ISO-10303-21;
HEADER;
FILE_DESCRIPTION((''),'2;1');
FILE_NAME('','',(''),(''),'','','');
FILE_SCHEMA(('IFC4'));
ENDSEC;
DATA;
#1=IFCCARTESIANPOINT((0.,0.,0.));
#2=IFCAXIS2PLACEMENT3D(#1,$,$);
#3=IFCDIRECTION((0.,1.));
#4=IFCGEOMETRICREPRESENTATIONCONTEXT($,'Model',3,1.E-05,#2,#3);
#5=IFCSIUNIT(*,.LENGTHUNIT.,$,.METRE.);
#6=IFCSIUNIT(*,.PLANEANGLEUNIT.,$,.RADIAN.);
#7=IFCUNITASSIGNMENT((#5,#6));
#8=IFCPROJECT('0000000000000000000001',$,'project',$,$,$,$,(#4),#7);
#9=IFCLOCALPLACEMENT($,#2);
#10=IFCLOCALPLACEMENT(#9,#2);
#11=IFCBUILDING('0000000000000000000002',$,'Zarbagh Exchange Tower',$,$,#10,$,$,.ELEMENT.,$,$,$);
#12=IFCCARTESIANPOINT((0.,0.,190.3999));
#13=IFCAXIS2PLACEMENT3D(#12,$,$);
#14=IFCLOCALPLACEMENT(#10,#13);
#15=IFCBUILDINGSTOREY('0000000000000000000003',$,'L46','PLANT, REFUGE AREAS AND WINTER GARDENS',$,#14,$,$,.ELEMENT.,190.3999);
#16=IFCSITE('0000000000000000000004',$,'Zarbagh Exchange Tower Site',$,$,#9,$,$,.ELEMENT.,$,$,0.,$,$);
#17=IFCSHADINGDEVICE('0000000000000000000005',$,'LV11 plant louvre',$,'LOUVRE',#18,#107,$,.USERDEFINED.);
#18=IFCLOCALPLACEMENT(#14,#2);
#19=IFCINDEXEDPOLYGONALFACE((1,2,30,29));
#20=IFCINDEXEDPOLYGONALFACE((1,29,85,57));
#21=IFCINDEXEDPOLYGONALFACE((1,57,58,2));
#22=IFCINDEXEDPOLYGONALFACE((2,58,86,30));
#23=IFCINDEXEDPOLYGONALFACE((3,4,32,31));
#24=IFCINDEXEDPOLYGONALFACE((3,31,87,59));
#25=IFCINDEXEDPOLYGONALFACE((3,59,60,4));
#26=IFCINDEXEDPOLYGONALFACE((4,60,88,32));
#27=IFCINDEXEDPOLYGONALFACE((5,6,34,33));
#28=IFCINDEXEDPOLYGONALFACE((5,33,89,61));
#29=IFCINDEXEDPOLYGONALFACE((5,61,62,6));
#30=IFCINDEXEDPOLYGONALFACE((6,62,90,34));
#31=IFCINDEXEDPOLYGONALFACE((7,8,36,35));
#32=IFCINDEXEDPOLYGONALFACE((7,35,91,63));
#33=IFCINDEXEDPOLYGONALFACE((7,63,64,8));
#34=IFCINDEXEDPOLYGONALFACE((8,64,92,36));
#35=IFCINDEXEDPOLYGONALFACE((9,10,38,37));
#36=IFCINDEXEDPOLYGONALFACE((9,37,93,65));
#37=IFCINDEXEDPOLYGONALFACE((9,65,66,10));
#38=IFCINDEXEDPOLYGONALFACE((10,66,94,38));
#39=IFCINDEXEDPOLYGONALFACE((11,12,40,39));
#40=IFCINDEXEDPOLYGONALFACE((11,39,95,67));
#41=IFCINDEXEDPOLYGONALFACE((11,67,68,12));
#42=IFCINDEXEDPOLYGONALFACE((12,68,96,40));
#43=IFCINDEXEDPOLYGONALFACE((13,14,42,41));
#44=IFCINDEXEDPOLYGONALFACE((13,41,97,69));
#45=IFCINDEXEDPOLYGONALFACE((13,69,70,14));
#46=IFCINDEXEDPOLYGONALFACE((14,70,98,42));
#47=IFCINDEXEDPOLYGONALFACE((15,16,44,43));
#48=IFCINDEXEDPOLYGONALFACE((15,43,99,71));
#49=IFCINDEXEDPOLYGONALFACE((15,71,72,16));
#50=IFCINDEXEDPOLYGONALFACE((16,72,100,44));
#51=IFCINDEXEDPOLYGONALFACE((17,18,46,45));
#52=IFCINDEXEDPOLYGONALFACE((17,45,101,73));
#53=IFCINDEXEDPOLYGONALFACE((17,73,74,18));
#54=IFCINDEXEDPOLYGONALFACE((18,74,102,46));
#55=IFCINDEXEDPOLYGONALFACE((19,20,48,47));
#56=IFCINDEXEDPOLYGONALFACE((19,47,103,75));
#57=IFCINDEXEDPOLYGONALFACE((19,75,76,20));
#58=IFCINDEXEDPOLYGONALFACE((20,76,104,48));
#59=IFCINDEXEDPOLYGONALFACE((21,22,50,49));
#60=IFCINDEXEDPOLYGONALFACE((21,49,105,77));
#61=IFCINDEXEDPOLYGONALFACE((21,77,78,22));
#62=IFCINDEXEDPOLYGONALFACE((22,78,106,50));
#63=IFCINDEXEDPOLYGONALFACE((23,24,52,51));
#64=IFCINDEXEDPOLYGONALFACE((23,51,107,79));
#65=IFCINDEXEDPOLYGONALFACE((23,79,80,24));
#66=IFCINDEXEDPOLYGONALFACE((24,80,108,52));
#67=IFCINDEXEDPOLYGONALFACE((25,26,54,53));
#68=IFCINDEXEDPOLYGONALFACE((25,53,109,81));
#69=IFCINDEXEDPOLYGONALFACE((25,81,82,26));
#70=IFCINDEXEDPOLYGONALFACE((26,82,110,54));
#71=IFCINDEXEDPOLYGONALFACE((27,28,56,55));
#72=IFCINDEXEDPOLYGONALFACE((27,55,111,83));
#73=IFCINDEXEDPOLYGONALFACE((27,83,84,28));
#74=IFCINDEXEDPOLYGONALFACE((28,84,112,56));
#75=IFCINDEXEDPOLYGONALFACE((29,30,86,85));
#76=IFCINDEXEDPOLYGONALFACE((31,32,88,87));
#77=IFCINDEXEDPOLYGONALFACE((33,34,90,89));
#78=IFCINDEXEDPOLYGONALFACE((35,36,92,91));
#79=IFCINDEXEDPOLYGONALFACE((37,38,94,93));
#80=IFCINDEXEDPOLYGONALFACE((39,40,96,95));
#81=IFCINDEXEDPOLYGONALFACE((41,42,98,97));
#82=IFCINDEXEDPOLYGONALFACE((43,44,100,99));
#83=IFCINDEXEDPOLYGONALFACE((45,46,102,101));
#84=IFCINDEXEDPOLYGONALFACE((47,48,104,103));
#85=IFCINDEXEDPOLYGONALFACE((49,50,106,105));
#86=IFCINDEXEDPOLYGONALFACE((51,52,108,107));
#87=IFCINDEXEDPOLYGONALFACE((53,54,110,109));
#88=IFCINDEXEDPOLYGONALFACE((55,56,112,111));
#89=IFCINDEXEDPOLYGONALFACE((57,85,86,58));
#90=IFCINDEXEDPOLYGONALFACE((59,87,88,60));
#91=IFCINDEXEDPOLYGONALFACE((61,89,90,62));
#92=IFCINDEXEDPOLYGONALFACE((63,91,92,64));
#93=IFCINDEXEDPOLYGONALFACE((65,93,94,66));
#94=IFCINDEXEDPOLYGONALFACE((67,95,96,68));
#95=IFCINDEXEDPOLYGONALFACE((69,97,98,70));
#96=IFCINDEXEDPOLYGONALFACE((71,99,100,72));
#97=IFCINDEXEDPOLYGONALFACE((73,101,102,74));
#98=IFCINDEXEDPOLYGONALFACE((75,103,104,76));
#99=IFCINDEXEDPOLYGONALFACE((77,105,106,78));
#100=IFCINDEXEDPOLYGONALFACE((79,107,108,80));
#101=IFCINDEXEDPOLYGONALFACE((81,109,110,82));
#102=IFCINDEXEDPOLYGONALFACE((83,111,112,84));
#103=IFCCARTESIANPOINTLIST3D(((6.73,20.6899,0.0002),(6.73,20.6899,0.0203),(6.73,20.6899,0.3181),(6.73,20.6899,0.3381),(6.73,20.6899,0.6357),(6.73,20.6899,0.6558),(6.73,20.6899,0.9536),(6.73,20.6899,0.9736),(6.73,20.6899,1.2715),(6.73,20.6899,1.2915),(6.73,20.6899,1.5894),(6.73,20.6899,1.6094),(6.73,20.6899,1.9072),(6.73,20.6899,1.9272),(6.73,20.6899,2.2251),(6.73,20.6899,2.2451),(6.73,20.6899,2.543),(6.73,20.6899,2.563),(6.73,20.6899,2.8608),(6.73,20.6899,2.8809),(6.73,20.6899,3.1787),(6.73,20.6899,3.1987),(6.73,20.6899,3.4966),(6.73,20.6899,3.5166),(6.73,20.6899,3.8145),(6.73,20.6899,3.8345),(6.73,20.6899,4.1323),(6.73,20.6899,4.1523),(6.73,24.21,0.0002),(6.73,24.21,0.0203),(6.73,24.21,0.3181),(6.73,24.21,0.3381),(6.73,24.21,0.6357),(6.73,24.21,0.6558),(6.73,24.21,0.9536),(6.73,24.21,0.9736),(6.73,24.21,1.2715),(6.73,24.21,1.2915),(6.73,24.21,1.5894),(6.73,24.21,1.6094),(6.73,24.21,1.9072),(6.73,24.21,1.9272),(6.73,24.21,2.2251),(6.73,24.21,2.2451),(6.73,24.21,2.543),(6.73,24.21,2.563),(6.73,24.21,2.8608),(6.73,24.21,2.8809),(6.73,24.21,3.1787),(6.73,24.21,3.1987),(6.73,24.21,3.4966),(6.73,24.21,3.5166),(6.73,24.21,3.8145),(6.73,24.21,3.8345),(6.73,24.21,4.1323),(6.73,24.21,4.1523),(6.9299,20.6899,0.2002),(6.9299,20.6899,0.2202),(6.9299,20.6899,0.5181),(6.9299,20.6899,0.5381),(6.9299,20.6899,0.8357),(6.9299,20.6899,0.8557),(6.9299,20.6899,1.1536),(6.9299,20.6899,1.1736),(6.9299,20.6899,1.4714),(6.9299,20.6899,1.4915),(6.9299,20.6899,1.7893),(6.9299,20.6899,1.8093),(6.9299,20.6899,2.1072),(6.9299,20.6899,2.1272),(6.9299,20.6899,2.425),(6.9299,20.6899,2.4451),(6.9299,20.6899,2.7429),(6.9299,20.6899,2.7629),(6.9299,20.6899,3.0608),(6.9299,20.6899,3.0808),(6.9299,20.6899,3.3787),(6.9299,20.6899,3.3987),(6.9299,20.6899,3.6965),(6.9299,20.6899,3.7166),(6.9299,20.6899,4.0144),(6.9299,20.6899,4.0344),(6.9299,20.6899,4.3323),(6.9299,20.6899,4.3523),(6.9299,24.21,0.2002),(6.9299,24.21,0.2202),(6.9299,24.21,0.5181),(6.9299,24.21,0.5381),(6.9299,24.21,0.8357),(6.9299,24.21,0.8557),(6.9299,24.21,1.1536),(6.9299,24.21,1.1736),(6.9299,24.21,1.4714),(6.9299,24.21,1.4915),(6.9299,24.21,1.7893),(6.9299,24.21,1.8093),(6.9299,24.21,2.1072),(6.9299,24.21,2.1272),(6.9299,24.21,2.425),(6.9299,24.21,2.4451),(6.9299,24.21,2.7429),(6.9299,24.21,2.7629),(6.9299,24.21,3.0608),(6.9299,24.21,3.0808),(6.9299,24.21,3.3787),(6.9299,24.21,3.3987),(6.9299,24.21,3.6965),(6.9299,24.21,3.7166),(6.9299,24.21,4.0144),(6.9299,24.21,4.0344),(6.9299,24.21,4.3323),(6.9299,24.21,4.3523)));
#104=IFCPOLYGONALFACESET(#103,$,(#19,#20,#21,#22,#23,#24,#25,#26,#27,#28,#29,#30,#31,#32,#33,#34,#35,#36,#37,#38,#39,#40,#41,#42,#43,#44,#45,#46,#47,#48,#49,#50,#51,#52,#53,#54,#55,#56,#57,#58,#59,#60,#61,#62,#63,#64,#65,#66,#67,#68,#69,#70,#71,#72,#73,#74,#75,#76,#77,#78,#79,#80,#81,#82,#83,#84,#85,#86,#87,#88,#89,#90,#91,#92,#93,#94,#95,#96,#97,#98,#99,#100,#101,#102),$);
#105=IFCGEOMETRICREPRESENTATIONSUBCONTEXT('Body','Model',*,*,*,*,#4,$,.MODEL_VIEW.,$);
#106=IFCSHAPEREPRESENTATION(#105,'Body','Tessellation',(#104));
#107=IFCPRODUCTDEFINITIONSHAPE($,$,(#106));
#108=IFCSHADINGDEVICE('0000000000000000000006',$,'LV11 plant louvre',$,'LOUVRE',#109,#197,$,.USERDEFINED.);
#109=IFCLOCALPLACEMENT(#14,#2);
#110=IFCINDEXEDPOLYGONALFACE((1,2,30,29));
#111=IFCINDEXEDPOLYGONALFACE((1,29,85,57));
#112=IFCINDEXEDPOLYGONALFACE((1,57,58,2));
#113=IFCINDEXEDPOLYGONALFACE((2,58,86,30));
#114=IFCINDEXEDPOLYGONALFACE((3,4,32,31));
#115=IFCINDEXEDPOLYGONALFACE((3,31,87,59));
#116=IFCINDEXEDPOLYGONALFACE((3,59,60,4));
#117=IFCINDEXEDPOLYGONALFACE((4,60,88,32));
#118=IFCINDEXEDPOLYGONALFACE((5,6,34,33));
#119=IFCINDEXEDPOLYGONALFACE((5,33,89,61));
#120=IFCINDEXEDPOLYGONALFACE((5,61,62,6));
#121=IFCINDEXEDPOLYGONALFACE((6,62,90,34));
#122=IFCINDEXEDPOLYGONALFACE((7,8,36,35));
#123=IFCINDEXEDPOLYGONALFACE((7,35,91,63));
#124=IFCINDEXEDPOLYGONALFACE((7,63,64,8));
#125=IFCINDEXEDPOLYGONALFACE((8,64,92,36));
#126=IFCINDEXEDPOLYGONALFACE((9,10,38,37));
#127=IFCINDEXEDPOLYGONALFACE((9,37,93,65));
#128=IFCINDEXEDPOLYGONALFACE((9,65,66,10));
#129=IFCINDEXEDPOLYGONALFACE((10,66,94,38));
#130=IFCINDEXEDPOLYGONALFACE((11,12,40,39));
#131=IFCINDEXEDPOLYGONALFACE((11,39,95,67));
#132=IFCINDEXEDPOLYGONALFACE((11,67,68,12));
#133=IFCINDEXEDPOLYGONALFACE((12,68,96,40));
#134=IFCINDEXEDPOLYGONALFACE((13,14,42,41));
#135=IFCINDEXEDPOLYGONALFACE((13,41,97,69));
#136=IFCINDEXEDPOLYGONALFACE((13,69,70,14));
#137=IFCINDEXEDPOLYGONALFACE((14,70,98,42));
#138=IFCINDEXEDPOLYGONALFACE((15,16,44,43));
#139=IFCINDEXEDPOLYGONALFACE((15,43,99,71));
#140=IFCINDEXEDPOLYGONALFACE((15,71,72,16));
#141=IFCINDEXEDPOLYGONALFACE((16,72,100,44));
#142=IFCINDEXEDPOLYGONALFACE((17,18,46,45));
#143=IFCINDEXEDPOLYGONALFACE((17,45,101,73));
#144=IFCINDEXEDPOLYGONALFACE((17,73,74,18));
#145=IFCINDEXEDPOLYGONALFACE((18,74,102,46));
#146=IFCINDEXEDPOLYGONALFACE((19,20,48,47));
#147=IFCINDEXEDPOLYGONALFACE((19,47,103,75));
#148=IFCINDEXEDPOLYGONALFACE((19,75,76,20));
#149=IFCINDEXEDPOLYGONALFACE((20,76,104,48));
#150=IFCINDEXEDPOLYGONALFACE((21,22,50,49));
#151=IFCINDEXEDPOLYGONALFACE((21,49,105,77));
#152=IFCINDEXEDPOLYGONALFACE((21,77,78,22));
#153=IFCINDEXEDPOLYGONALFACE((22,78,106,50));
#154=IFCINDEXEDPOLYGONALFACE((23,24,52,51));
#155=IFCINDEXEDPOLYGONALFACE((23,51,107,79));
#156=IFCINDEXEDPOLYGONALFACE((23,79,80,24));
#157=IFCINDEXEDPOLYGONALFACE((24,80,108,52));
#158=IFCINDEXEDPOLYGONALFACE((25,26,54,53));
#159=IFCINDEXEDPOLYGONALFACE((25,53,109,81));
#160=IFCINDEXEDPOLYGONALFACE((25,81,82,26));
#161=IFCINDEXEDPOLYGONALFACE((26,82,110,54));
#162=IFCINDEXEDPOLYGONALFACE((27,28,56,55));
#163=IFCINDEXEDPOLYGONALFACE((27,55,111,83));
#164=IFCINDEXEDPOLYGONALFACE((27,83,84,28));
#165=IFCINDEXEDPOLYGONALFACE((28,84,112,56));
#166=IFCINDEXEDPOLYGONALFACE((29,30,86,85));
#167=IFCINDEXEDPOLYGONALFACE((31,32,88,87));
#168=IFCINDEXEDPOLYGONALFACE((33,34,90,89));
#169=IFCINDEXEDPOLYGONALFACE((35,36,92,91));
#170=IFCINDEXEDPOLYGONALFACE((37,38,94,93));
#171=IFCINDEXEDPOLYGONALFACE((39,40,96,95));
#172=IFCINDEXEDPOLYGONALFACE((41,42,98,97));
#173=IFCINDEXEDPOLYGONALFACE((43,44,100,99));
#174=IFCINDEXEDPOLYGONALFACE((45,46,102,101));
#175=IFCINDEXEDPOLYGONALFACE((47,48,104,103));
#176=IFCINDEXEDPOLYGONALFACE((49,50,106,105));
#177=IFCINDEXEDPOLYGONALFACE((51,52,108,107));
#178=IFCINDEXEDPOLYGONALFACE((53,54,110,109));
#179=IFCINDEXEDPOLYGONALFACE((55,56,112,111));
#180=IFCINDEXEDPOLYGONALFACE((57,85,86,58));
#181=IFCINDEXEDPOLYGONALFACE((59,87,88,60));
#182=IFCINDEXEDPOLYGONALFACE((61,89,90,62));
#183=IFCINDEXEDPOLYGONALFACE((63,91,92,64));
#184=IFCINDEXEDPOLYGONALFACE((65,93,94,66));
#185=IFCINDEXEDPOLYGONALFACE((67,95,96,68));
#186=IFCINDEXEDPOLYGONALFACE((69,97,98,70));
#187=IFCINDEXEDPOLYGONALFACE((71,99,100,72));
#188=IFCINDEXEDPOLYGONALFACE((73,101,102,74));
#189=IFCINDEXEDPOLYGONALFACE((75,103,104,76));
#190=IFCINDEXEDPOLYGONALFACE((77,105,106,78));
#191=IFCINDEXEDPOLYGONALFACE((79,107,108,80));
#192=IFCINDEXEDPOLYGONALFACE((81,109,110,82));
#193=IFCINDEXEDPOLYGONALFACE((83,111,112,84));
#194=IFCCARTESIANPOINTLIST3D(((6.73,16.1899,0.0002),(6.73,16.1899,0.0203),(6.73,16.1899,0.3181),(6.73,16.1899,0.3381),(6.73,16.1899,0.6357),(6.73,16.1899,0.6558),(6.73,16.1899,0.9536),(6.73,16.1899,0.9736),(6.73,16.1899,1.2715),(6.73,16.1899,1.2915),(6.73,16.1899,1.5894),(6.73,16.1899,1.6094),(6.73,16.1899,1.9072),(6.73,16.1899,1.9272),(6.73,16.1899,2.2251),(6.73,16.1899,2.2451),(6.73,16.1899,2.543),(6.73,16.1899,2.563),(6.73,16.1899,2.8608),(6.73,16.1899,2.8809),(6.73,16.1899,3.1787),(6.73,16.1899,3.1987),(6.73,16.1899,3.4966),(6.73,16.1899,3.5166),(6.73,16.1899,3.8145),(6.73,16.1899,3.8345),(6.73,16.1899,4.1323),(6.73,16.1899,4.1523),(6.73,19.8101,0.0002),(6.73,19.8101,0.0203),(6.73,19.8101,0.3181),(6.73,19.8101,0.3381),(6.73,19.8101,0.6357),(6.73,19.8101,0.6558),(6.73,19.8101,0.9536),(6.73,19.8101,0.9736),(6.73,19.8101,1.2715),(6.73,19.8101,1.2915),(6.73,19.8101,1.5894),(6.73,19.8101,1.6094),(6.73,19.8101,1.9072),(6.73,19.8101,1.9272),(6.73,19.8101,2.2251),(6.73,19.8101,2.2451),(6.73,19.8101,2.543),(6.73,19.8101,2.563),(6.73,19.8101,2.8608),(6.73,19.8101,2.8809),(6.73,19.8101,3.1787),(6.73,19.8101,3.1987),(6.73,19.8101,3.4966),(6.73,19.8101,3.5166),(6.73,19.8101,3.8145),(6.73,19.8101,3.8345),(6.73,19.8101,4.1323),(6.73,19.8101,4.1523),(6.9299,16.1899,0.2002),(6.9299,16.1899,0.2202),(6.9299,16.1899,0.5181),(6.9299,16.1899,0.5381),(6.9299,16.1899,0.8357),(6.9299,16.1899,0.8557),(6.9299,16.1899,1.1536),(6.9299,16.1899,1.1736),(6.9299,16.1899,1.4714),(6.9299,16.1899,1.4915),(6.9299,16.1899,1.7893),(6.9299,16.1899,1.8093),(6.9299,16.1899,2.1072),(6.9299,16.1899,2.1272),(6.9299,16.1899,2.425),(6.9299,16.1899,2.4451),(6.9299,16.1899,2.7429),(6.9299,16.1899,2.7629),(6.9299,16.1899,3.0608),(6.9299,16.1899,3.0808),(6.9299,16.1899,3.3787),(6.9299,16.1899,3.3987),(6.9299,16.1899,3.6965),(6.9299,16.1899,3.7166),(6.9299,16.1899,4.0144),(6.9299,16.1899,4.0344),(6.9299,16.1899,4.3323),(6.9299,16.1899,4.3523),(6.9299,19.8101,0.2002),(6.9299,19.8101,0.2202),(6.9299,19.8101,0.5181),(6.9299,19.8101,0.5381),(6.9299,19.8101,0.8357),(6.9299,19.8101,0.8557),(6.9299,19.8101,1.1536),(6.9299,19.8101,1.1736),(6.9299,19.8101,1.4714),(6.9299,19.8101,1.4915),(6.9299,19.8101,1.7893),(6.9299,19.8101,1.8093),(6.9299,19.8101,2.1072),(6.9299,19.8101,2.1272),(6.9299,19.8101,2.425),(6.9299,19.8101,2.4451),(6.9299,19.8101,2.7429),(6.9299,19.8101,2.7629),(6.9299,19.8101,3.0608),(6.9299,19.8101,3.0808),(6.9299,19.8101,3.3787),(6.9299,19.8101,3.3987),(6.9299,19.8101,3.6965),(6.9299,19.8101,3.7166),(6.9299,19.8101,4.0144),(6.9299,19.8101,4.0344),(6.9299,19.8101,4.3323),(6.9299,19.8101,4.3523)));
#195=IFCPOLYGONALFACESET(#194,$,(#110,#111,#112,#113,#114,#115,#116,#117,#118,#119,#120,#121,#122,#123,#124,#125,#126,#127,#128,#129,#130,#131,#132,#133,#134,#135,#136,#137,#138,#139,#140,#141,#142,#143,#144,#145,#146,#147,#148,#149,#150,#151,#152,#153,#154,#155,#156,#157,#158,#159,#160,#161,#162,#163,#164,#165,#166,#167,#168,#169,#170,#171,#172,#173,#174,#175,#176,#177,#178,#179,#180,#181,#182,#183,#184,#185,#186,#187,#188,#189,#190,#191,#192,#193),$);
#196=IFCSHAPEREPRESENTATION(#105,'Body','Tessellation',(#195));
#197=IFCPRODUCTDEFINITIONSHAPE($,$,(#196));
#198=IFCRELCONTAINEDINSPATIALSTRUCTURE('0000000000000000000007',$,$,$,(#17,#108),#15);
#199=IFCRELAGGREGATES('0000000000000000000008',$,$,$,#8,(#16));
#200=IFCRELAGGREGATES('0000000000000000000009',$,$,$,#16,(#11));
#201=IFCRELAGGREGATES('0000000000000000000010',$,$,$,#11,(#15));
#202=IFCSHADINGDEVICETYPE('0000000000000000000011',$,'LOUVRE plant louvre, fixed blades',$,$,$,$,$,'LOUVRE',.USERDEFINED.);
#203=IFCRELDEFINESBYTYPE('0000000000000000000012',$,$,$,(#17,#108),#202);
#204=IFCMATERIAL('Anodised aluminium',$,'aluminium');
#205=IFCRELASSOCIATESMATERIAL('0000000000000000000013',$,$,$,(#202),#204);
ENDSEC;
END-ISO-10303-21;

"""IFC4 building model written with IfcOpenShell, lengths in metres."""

from ifc_helpers import new_model, si_unit, direction, frame, origin, place, context, subcontext, project, spatial, polyline, outline, extrude, source, transform, mapped, material, type_object, element, save


model = new_model("IFC4")

# Units and contexts
model_context = context("Model", 3, precision=1e-05, world=origin(), true_north=direction((0.0, 1.0)))
body_context = subcontext(model_context, "Body", "Model", "MODEL_VIEW")
ifc_project = project(units=[si_unit("LENGTHUNIT", "METRE"), si_unit("PLANEANGLEUNIT", "RADIAN")], contexts=[model_context])

# Site, building, storey
site_placement = place(None, origin())
site = spatial("IfcSite", under=ifc_project, at=site_placement, Name="Zarbagh Exchange Tower Site", CompositionType="ELEMENT", RefElevation=0.0)
building_placement = place(site_placement, origin())
building = spatial("IfcBuilding", under=site, at=building_placement, Name="Zarbagh Exchange Tower", CompositionType="ELEMENT")
storey_placement = place(building_placement, frame((0.0, 0.0, 190.3999)))
storey = spatial("IfcBuildingStorey", under=building, at=storey_placement, Name="L46", Description="PLANT, REFUGE AREAS AND WINTER GARDENS", CompositionType="ELEMENT", Elevation=190.3999)

# Shared definitions
placement = place(storey_placement, origin())

# Shading devices
ifc_material_1 = material(Name="Anodised aluminium", Category="aluminium")
shading_device_type = type_object("IfcShadingDeviceType", Name="LOUVRE plant louvre, fixed blades", ElementType="LOUVRE", PredefinedType="USERDEFINED", material=ifc_material_1)
shared_shape_1 = source(origin(), body_context, "Body", "SweptSolid", [
    extrude(outline(polyline([(0.0, 0.2), (0.2, 0.0), (0.2, -0.02), (0.0, 0.1799), (0.0, 0.2)])), origin(), (0.0, 0.0, 1.0), 3.52),
])
element("IfcShadingDevice", 1, at=placement, inside=storey, type_object=shading_device_type, Name="LV11 plant louvre", ObjectType="LOUVRE", PredefinedType="USERDEFINED", context=body_context, shape_type="MappedRepresentation", body=[
    mapped(shared_shape_1, transform((6.73, 20.6899, 0.2002), x_axis=(1.0, 0.0, 0.0), y_axis=(0.0, 0.0, -1.0), z_axis=(0.0, 1.0, 0.0))),
    mapped(shared_shape_1, transform((6.73, 20.6899, 0.5181), x_axis=(1.0, 0.0, 0.0), y_axis=(0.0, 0.0, -1.0), z_axis=(0.0, 1.0, 0.0))),
    mapped(shared_shape_1, transform((6.73, 20.6899, 0.8357), x_axis=(1.0, 0.0, 0.0), y_axis=(0.0, 0.0, -1.0), z_axis=(0.0, 1.0, 0.0))),
    mapped(shared_shape_1, transform((6.73, 20.6899, 1.1536), x_axis=(1.0, 0.0, 0.0), y_axis=(0.0, 0.0, -1.0), z_axis=(0.0, 1.0, 0.0))),
    mapped(shared_shape_1, transform((6.73, 20.6899, 1.4714), x_axis=(1.0, 0.0, 0.0), y_axis=(0.0, 0.0, -1.0), z_axis=(0.0, 1.0, 0.0))),
    mapped(shared_shape_1, transform((6.73, 20.6899, 1.7893), x_axis=(1.0, 0.0, 0.0), y_axis=(0.0, 0.0, -1.0), z_axis=(0.0, 1.0, 0.0))),
    mapped(shared_shape_1, transform((6.73, 20.6899, 2.1072), x_axis=(1.0, 0.0, 0.0), y_axis=(0.0, 0.0, -1.0), z_axis=(0.0, 1.0, 0.0))),
    mapped(shared_shape_1, transform((6.73, 20.6899, 2.425), x_axis=(1.0, 0.0, 0.0), y_axis=(0.0, 0.0, -1.0), z_axis=(0.0, 1.0, 0.0))),
    mapped(shared_shape_1, transform((6.73, 20.6899, 2.7429), x_axis=(1.0, 0.0, 0.0), y_axis=(0.0, 0.0, -1.0), z_axis=(0.0, 1.0, 0.0))),
    mapped(shared_shape_1, transform((6.73, 20.6899, 3.0608), x_axis=(1.0, 0.0, 0.0), y_axis=(0.0, 0.0, -1.0), z_axis=(0.0, 1.0, 0.0))),
    mapped(shared_shape_1, transform((6.73, 20.6899, 3.3787), x_axis=(1.0, 0.0, 0.0), y_axis=(0.0, 0.0, -1.0), z_axis=(0.0, 1.0, 0.0))),
    mapped(shared_shape_1, transform((6.73, 20.6899, 3.6965), x_axis=(1.0, 0.0, 0.0), y_axis=(0.0, 0.0, -1.0), z_axis=(0.0, 1.0, 0.0))),
    mapped(shared_shape_1, transform((6.73, 20.6899, 4.0144), x_axis=(1.0, 0.0, 0.0), y_axis=(0.0, 0.0, -1.0), z_axis=(0.0, 1.0, 0.0))),
    mapped(shared_shape_1, transform((6.73, 20.6899, 4.3323), x_axis=(1.0, 0.0, 0.0), y_axis=(0.0, 0.0, -1.0), z_axis=(0.0, 1.0, 0.0))),
])
shared_shape_2 = source(origin(), body_context, "Body", "SweptSolid", [
    extrude(outline(polyline([(0.0, 0.2), (0.2, 0.0), (0.2, -0.02), (0.0, 0.1799), (0.0, 0.2)])), origin(), (0.0, 0.0, 1.0), 3.6201),
])
element("IfcShadingDevice", 2, at=placement, inside=storey, type_object=shading_device_type, Name="LV11 plant louvre", ObjectType="LOUVRE", PredefinedType="USERDEFINED", context=body_context, shape_type="MappedRepresentation", body=[
    mapped(shared_shape_2, transform((6.73, 16.1899, 0.2002), x_axis=(1.0, 0.0, 0.0), y_axis=(0.0, 0.0, -1.0), z_axis=(0.0, 1.0, 0.0))),
    mapped(shared_shape_2, transform((6.73, 16.1899, 0.5181), x_axis=(1.0, 0.0, 0.0), y_axis=(0.0, 0.0, -1.0), z_axis=(0.0, 1.0, 0.0))),
    mapped(shared_shape_2, transform((6.73, 16.1899, 0.8357), x_axis=(1.0, 0.0, 0.0), y_axis=(0.0, 0.0, -1.0), z_axis=(0.0, 1.0, 0.0))),
    mapped(shared_shape_2, transform((6.73, 16.1899, 1.1536), x_axis=(1.0, 0.0, 0.0), y_axis=(0.0, 0.0, -1.0), z_axis=(0.0, 1.0, 0.0))),
    mapped(shared_shape_2, transform((6.73, 16.1899, 1.4714), x_axis=(1.0, 0.0, 0.0), y_axis=(0.0, 0.0, -1.0), z_axis=(0.0, 1.0, 0.0))),
    mapped(shared_shape_2, transform((6.73, 16.1899, 1.7893), x_axis=(1.0, 0.0, 0.0), y_axis=(0.0, 0.0, -1.0), z_axis=(0.0, 1.0, 0.0))),
    mapped(shared_shape_2, transform((6.73, 16.1899, 2.1072), x_axis=(1.0, 0.0, 0.0), y_axis=(0.0, 0.0, -1.0), z_axis=(0.0, 1.0, 0.0))),
    mapped(shared_shape_2, transform((6.73, 16.1899, 2.425), x_axis=(1.0, 0.0, 0.0), y_axis=(0.0, 0.0, -1.0), z_axis=(0.0, 1.0, 0.0))),
    mapped(shared_shape_2, transform((6.73, 16.1899, 2.7429), x_axis=(1.0, 0.0, 0.0), y_axis=(0.0, 0.0, -1.0), z_axis=(0.0, 1.0, 0.0))),
    mapped(shared_shape_2, transform((6.73, 16.1899, 3.0608), x_axis=(1.0, 0.0, 0.0), y_axis=(0.0, 0.0, -1.0), z_axis=(0.0, 1.0, 0.0))),
    mapped(shared_shape_2, transform((6.73, 16.1899, 3.3787), x_axis=(1.0, 0.0, 0.0), y_axis=(0.0, 0.0, -1.0), z_axis=(0.0, 1.0, 0.0))),
    mapped(shared_shape_2, transform((6.73, 16.1899, 3.6965), x_axis=(1.0, 0.0, 0.0), y_axis=(0.0, 0.0, -1.0), z_axis=(0.0, 1.0, 0.0))),
    mapped(shared_shape_2, transform((6.73, 16.1899, 4.0144), x_axis=(1.0, 0.0, 0.0), y_axis=(0.0, 0.0, -1.0), z_axis=(0.0, 1.0, 0.0))),
    mapped(shared_shape_2, transform((6.73, 16.1899, 4.3323), x_axis=(1.0, 0.0, 0.0), y_axis=(0.0, 0.0, -1.0), z_axis=(0.0, 1.0, 0.0))),
])

save(model, "model.ifc")
